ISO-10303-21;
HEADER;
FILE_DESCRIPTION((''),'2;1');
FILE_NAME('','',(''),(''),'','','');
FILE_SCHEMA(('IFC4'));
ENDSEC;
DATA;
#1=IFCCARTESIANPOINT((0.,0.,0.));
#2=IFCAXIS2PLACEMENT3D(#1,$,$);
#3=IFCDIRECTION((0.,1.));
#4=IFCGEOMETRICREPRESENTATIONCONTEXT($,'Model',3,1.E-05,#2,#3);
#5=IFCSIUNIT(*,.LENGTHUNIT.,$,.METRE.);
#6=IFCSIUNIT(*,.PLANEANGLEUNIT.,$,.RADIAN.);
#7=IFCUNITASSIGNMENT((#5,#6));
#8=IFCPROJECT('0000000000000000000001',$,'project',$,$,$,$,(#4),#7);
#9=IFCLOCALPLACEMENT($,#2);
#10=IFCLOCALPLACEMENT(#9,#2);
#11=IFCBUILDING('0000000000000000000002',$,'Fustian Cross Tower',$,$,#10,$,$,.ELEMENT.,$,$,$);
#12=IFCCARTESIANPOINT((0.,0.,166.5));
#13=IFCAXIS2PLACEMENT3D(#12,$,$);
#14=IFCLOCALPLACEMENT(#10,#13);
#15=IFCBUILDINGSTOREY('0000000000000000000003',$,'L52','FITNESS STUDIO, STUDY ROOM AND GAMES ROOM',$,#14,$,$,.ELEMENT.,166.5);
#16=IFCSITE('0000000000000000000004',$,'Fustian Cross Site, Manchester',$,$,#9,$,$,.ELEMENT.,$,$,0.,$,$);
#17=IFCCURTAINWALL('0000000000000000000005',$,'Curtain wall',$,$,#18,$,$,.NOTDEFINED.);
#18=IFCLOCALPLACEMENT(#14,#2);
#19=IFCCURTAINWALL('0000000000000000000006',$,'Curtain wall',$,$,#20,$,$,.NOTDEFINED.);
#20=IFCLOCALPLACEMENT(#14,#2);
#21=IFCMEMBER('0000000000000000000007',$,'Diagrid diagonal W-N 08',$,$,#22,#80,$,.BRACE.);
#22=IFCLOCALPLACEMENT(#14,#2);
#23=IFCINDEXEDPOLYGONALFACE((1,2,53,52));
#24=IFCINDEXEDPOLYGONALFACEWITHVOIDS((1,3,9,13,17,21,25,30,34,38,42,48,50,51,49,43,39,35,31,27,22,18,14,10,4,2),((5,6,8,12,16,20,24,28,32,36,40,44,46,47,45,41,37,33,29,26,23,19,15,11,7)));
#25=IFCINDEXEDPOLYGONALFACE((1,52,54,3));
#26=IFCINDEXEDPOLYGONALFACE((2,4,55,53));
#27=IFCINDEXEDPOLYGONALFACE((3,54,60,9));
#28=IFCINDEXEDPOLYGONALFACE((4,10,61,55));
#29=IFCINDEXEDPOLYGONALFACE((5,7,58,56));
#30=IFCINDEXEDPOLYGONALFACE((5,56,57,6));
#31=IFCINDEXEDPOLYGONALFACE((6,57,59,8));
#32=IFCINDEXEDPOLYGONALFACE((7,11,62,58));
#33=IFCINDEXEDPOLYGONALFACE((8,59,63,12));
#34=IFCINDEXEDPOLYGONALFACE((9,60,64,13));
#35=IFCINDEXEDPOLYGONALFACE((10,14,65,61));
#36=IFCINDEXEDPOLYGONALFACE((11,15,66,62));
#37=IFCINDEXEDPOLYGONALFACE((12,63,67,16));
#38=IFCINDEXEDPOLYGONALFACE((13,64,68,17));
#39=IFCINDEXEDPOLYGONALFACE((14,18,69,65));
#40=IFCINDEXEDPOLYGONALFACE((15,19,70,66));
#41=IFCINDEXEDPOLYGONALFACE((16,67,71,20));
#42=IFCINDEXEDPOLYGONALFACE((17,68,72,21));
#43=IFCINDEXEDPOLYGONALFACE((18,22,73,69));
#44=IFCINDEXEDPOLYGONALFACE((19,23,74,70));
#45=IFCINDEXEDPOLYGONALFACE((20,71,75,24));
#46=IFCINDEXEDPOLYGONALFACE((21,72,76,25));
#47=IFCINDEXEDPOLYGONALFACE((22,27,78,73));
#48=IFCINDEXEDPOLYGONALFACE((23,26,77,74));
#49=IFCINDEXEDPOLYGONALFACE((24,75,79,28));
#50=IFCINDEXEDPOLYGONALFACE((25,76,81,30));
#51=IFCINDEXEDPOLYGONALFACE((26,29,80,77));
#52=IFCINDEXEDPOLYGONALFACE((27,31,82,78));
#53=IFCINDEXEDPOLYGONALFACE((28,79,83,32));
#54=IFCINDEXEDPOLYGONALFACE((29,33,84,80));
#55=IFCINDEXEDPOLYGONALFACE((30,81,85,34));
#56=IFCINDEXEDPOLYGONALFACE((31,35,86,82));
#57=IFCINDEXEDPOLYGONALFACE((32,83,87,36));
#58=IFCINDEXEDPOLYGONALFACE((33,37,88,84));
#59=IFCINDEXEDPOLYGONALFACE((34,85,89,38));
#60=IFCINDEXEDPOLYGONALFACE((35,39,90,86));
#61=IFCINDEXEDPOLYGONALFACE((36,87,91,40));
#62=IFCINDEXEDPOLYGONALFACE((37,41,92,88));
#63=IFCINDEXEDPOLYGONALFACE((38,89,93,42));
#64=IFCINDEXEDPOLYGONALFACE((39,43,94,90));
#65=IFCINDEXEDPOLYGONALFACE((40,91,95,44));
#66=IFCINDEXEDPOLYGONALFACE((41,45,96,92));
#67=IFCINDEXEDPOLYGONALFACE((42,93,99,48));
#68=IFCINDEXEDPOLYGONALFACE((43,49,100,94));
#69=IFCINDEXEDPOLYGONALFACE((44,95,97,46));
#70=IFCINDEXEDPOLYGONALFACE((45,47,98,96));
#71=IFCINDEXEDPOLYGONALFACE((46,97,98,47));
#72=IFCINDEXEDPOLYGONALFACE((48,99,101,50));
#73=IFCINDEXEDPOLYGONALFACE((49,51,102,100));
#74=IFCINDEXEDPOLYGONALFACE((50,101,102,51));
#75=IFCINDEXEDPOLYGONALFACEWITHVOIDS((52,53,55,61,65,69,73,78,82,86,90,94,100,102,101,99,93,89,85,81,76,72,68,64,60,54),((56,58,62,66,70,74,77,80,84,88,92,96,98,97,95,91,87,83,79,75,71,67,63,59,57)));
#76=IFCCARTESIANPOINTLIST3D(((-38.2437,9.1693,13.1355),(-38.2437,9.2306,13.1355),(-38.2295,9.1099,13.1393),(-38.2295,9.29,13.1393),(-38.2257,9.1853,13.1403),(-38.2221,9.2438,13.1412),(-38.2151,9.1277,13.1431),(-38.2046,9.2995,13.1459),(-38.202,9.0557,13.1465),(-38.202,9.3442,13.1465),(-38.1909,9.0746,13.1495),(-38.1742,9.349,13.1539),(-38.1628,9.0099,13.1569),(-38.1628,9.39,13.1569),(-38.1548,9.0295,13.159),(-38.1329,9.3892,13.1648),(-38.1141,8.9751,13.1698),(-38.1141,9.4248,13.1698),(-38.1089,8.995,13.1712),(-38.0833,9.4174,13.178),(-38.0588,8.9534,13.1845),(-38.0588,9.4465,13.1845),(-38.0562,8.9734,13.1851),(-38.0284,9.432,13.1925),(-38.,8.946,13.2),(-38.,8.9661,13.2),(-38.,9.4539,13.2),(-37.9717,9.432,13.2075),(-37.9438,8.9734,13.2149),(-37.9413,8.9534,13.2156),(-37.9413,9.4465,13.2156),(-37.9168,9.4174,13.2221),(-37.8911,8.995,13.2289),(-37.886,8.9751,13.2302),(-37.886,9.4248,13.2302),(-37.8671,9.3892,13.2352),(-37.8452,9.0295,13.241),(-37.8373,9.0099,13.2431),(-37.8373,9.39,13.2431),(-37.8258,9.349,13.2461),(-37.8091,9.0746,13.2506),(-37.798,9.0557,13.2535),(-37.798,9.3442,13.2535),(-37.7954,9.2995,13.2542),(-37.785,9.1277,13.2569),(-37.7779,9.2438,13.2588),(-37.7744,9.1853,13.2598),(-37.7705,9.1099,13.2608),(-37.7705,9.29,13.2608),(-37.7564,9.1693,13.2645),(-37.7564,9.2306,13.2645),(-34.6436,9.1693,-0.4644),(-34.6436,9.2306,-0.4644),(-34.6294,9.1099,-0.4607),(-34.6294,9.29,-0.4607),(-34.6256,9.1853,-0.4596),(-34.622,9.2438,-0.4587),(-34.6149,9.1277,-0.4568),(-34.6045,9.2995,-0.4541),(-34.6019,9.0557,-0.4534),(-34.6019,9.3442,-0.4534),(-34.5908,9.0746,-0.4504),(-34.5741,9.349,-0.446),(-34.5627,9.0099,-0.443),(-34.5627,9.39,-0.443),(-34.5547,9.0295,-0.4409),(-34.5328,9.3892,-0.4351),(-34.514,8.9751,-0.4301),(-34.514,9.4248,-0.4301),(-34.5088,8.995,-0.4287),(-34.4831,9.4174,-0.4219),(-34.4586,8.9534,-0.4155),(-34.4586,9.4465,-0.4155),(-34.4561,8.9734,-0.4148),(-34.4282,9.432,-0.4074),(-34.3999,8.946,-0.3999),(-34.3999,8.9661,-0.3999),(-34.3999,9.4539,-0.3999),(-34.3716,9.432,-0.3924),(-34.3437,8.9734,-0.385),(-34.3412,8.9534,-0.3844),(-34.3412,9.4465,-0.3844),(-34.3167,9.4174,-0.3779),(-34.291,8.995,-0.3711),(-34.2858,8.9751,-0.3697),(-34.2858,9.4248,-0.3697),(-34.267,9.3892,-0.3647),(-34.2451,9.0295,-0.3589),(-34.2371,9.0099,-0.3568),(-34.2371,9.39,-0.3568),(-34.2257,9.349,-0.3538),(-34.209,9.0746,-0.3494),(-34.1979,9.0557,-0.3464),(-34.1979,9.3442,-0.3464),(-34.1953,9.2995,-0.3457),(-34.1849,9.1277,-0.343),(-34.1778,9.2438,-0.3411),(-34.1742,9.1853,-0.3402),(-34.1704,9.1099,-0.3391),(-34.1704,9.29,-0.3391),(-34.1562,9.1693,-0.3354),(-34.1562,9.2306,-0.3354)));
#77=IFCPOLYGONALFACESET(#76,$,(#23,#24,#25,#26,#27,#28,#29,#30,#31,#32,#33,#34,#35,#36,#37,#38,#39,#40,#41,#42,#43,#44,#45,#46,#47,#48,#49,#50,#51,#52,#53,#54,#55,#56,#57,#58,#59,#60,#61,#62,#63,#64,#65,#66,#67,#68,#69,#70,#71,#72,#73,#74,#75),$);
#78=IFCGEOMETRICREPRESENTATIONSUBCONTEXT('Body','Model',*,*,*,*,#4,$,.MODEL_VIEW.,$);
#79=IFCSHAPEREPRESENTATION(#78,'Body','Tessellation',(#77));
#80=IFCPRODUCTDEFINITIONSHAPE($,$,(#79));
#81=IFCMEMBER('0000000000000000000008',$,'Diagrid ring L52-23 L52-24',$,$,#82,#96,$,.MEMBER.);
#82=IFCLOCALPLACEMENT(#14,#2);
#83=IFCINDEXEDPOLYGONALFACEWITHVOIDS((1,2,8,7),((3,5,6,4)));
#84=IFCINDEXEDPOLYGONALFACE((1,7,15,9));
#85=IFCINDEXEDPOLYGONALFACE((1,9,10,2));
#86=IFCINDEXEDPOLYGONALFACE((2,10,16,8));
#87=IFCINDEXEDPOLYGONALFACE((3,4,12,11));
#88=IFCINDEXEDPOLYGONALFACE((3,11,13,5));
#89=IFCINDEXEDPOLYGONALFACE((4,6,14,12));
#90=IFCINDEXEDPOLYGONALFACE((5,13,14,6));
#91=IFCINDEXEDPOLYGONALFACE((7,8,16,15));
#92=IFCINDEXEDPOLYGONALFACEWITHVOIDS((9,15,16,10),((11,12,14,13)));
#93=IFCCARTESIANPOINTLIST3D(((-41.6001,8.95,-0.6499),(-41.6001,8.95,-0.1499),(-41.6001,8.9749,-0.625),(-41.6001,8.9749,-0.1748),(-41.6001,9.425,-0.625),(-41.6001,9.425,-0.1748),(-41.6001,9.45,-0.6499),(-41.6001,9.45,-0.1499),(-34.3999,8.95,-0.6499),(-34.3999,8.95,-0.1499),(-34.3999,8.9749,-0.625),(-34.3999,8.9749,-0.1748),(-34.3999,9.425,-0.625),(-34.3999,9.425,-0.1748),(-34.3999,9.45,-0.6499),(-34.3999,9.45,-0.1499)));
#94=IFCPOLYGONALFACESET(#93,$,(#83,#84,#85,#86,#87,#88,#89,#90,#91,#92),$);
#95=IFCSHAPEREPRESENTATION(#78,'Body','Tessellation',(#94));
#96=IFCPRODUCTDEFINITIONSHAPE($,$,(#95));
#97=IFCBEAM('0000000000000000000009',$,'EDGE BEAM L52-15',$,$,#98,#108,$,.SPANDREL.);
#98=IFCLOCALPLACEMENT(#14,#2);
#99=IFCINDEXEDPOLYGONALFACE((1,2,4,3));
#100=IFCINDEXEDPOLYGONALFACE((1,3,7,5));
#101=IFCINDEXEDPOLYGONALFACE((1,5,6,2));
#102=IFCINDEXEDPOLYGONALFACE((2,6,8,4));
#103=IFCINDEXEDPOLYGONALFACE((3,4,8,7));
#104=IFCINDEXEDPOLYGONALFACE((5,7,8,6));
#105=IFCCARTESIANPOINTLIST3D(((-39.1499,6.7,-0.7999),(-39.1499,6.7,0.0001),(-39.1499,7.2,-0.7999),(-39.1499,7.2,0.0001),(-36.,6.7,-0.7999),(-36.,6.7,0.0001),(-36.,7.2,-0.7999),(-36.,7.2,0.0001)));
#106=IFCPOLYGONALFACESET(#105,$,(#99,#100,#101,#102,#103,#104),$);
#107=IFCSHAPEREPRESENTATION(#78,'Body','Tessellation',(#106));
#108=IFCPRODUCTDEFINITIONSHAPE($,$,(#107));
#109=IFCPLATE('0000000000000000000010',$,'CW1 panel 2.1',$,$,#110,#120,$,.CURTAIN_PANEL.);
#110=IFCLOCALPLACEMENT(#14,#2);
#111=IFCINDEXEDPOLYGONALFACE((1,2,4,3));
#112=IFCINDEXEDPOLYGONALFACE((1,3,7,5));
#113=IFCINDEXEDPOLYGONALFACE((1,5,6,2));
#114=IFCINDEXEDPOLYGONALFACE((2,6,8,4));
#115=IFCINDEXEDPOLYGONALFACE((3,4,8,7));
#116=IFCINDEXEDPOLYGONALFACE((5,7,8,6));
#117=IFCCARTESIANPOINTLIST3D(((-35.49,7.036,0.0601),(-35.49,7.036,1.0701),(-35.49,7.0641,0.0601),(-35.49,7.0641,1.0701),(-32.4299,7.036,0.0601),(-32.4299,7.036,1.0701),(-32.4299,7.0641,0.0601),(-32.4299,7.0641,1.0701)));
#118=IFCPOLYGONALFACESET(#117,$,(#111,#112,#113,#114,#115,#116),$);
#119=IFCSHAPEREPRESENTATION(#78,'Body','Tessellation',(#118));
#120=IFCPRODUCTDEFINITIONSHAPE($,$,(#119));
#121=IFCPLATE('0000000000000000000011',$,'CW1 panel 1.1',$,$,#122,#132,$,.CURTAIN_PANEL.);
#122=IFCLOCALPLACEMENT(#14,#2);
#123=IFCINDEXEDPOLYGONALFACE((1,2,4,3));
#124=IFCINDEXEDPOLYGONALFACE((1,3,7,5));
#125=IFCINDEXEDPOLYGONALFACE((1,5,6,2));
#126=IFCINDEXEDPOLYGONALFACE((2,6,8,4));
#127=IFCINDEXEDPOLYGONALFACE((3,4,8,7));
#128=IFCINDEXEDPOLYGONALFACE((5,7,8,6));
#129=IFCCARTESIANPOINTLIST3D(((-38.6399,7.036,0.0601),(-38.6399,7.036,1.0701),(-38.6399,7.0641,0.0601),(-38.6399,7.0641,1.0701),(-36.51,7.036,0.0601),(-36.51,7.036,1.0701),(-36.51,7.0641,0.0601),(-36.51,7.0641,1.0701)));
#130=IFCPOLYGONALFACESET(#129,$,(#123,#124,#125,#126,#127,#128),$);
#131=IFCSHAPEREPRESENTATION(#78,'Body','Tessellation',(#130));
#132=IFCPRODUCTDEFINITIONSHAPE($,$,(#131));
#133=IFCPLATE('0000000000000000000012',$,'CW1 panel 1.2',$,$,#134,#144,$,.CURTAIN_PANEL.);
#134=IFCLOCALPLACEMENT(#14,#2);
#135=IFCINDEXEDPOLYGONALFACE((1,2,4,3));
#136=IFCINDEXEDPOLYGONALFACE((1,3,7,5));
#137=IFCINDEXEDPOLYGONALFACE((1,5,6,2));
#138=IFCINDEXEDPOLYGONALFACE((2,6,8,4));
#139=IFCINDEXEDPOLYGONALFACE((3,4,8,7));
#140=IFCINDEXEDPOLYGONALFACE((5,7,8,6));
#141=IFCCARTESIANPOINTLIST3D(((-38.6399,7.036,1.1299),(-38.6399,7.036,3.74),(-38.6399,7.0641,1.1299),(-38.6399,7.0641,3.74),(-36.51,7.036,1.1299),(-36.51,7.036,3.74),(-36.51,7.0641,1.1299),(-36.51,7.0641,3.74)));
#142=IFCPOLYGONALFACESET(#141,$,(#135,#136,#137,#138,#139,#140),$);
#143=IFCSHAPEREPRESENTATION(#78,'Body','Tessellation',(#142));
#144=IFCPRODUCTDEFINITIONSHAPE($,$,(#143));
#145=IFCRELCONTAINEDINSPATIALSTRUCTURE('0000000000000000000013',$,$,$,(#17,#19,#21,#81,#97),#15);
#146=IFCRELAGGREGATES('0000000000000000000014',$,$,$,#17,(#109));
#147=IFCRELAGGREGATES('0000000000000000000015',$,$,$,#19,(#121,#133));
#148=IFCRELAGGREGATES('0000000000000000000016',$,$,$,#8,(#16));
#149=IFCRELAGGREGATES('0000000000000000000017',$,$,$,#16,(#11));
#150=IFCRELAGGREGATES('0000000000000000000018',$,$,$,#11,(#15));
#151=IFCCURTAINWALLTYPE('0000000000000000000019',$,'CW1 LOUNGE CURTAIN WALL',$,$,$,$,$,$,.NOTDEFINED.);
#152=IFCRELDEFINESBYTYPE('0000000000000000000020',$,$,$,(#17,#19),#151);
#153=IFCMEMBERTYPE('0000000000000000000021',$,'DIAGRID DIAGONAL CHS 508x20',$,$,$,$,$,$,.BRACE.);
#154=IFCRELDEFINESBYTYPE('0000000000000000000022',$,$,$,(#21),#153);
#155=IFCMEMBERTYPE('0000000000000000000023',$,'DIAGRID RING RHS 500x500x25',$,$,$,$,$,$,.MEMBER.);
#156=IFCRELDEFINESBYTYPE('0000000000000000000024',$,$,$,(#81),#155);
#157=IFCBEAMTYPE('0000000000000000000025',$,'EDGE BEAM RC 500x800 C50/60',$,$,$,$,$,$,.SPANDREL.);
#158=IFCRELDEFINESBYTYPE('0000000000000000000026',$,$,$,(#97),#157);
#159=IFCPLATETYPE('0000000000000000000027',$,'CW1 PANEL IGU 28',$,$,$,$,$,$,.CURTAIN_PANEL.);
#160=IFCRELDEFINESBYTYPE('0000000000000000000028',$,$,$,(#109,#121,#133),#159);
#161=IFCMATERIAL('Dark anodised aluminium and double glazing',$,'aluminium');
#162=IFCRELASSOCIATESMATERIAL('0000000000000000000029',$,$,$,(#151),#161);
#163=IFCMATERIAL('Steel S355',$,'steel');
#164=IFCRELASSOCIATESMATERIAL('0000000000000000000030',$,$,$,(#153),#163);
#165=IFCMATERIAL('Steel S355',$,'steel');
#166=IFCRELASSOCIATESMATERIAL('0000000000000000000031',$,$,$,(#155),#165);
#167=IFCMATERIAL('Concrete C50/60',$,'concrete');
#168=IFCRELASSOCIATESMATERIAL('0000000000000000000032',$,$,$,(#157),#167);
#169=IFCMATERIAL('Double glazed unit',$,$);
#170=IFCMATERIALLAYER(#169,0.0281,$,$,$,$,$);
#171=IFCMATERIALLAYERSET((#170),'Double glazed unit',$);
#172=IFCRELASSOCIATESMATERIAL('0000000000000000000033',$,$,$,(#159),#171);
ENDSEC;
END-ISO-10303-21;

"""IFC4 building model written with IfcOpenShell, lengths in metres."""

from ifc_helpers import new_model, si_unit, direction, frame, origin, origin_2d, place, context, subcontext, project, spatial, rectangle, hollow_rectangle, hollow_circle, extrude, material, layer, layer_set, material_profile, profile_set, type_object, element, aggregate, save


model = new_model("IFC4")

# Units and contexts
model_context = context("Model", 3, precision=1e-05, world=origin(), true_north=direction((0.0, 1.0)))
body_context = subcontext(model_context, "Body", "Model", "MODEL_VIEW")
ifc_project = project(units=[si_unit("LENGTHUNIT", "METRE"), si_unit("PLANEANGLEUNIT", "RADIAN")], contexts=[model_context])

# Site, building, storey
site_placement = place(None, origin())
site = spatial("IfcSite", under=ifc_project, at=site_placement, Name="Fustian Cross Site, Manchester", CompositionType="ELEMENT", RefElevation=0.0)
building_placement = place(site_placement, origin())
building = spatial("IfcBuilding", under=site, at=building_placement, Name="Fustian Cross Tower", CompositionType="ELEMENT")
storey_placement = place(building_placement, frame((0.0, 0.0, 166.5)))
storey = spatial("IfcBuildingStorey", under=building, at=storey_placement, Name="L52", Description="FITNESS STUDIO, STUDY ROOM AND GAMES ROOM", CompositionType="ELEMENT", Elevation=166.5)

# Curtain wall
ifc_material_1 = material(Name="Dark anodised aluminium and double glazing", Category="aluminium")
curtain_wall_type = type_object("IfcCurtainWallType", Name="CW1 LOUNGE CURTAIN WALL", PredefinedType="NOTDEFINED", material=ifc_material_1)
curtain_wall_1_placement = place(storey_placement, origin())
curtain_wall_1 = element("IfcCurtainWall", 1, at=curtain_wall_1_placement, inside=storey, type_object=curtain_wall_type, Name="Curtain wall", PredefinedType="NOTDEFINED")

# Curtain wall
curtain_wall_2_placement = place(storey_placement, origin())
curtain_wall_2 = element("IfcCurtainWall", 2, at=curtain_wall_2_placement, inside=storey, type_object=curtain_wall_type, Name="Curtain wall", PredefinedType="NOTDEFINED")

# Members
ifc_material_2 = material(Name="Steel S355", Category="steel")
ifc_material_profile_1 = material_profile(ifc_material_2, hollow_circle(Radius=0.2539, WallThickness=0.02, at=origin_2d()), Name="CHS 508x20")
ifc_profile_set_1 = profile_set([ifc_material_profile_1], Name="Steel S355")
member_type_1 = type_object("IfcMemberType", Name="DIAGRID DIAGONAL CHS 508x20", PredefinedType="BRACE", material=ifc_profile_set_1)
member_1_placement = place(storey_placement, frame((-34.3999, 9.2, -0.3999), z_axis=(-0.255902, 0.0, 0.966703), x_axis=(0.0, -1.0, 0.0)))
element("IfcMember", 3, at=member_1_placement, inside=storey, type_object=member_type_1, Name="Diagrid diagonal W-N 08", PredefinedType="BRACE", context=body_context, shape_type="SweptSolid", body=[
    extrude(hollow_circle(Radius=0.2539, WallThickness=0.02, at=origin_2d()), origin(), (0.0, 0.0, 1.0), 14.0684),
])
ifc_material_3 = material(Name="Steel S355", Category="steel")
ifc_material_profile_2 = material_profile(ifc_material_3, hollow_rectangle(XDim=0.5, YDim=0.5, WallThickness=0.0249, at=origin_2d()), Name="RHS 500x500x25")
ifc_profile_set_2 = profile_set([ifc_material_profile_2], Name="Steel S355")
member_type_2 = type_object("IfcMemberType", Name="DIAGRID RING RHS 500x500x25", PredefinedType="MEMBER", material=ifc_profile_set_2)
member_2_placement = place(storey_placement, frame((-34.3999, 9.2, -0.3999), z_axis=(-1.0, 0.0, 0.0), x_axis=(0.0, -1.0, 0.0)))
element("IfcMember", 4, at=member_2_placement, inside=storey, type_object=member_type_2, Name="Diagrid ring L52-23 L52-24", PredefinedType="MEMBER", context=body_context, shape_type="SweptSolid", body=[
    extrude(hollow_rectangle(XDim=0.5, YDim=0.5, WallThickness=0.0249, at=origin_2d()), origin(), (0.0, 0.0, 1.0), 7.2002),
])

# Beam
ifc_material_4 = material(Name="Concrete C50/60", Category="concrete")
ifc_material_profile_3 = material_profile(ifc_material_4, rectangle(XDim=0.5, YDim=0.8, at=origin_2d()), Name="RC 500x800")
ifc_profile_set_3 = profile_set([ifc_material_profile_3], Name="Concrete C50/60")
beam_type = type_object("IfcBeamType", Name="EDGE BEAM RC 500x800 C50/60", PredefinedType="SPANDREL", material=ifc_profile_set_3)
beam_placement = place(storey_placement, frame((-36.0, 6.95, -0.3999), z_axis=(-1.0, 0.0, 0.0), x_axis=(0.0, -1.0, 0.0)))
element("IfcBeam", 5, at=beam_placement, inside=storey, type_object=beam_type, Name="EDGE BEAM L52-15", PredefinedType="SPANDREL", context=body_context, shape_type="SweptSolid", body=[
    extrude(rectangle(XDim=0.5, YDim=0.8, at=origin_2d()), origin(), (0.0, 0.0, 1.0), 3.1499),
])

# Plates
ifc_material_5 = material(Name="Double glazed unit")
ifc_layer_1 = layer(ifc_material_5, 0.0281)
ifc_layer_set_1 = layer_set([ifc_layer_1], Name="Double glazed unit")
plate_type = type_object("IfcPlateType", Name="CW1 PANEL IGU 28", PredefinedType="CURTAIN_PANEL", material=ifc_layer_set_1)
plate_1_placement = place(storey_placement, frame((-33.96, 7.05, 0.0601), z_axis=(0.0, 0.0, 1.0), x_axis=(-1.0, 0.0, 0.0)))
plate_1 = element("IfcPlate", 6, at=plate_1_placement, type_object=plate_type, Name="CW1 panel 2.1", PredefinedType="CURTAIN_PANEL", context=body_context, shape_type="SweptSolid", body=[
    extrude(rectangle(XDim=3.0601, YDim=0.0281, at=origin_2d()), origin(), (0.0, 0.0, 1.0), 1.01),
])
aggregate(curtain_wall_1, [plate_1])
plate_2_placement = place(storey_placement, frame((-37.575, 7.05, 0.0601), z_axis=(0.0, 0.0, 1.0), x_axis=(-1.0, 0.0, 0.0)))
plate_2 = element("IfcPlate", 7, at=plate_2_placement, type_object=plate_type, Name="CW1 panel 1.1", PredefinedType="CURTAIN_PANEL", context=body_context, shape_type="SweptSolid", body=[
    extrude(rectangle(XDim=2.1299, YDim=0.0281, at=origin_2d()), origin(), (0.0, 0.0, 1.0), 1.01),
])
plate_3_placement = place(storey_placement, frame((-37.575, 7.05, 1.1299), z_axis=(0.0, 0.0, 1.0), x_axis=(-1.0, 0.0, 0.0)))
plate_3 = element("IfcPlate", 8, at=plate_3_placement, type_object=plate_type, Name="CW1 panel 1.2", PredefinedType="CURTAIN_PANEL", context=body_context, shape_type="SweptSolid", body=[
    extrude(rectangle(XDim=2.1299, YDim=0.0281, at=origin_2d()), origin(), (0.0, 0.0, 1.0), 2.6101),
])
aggregate(curtain_wall_2, [plate_2, plate_3])

save(model, "model.ifc")
